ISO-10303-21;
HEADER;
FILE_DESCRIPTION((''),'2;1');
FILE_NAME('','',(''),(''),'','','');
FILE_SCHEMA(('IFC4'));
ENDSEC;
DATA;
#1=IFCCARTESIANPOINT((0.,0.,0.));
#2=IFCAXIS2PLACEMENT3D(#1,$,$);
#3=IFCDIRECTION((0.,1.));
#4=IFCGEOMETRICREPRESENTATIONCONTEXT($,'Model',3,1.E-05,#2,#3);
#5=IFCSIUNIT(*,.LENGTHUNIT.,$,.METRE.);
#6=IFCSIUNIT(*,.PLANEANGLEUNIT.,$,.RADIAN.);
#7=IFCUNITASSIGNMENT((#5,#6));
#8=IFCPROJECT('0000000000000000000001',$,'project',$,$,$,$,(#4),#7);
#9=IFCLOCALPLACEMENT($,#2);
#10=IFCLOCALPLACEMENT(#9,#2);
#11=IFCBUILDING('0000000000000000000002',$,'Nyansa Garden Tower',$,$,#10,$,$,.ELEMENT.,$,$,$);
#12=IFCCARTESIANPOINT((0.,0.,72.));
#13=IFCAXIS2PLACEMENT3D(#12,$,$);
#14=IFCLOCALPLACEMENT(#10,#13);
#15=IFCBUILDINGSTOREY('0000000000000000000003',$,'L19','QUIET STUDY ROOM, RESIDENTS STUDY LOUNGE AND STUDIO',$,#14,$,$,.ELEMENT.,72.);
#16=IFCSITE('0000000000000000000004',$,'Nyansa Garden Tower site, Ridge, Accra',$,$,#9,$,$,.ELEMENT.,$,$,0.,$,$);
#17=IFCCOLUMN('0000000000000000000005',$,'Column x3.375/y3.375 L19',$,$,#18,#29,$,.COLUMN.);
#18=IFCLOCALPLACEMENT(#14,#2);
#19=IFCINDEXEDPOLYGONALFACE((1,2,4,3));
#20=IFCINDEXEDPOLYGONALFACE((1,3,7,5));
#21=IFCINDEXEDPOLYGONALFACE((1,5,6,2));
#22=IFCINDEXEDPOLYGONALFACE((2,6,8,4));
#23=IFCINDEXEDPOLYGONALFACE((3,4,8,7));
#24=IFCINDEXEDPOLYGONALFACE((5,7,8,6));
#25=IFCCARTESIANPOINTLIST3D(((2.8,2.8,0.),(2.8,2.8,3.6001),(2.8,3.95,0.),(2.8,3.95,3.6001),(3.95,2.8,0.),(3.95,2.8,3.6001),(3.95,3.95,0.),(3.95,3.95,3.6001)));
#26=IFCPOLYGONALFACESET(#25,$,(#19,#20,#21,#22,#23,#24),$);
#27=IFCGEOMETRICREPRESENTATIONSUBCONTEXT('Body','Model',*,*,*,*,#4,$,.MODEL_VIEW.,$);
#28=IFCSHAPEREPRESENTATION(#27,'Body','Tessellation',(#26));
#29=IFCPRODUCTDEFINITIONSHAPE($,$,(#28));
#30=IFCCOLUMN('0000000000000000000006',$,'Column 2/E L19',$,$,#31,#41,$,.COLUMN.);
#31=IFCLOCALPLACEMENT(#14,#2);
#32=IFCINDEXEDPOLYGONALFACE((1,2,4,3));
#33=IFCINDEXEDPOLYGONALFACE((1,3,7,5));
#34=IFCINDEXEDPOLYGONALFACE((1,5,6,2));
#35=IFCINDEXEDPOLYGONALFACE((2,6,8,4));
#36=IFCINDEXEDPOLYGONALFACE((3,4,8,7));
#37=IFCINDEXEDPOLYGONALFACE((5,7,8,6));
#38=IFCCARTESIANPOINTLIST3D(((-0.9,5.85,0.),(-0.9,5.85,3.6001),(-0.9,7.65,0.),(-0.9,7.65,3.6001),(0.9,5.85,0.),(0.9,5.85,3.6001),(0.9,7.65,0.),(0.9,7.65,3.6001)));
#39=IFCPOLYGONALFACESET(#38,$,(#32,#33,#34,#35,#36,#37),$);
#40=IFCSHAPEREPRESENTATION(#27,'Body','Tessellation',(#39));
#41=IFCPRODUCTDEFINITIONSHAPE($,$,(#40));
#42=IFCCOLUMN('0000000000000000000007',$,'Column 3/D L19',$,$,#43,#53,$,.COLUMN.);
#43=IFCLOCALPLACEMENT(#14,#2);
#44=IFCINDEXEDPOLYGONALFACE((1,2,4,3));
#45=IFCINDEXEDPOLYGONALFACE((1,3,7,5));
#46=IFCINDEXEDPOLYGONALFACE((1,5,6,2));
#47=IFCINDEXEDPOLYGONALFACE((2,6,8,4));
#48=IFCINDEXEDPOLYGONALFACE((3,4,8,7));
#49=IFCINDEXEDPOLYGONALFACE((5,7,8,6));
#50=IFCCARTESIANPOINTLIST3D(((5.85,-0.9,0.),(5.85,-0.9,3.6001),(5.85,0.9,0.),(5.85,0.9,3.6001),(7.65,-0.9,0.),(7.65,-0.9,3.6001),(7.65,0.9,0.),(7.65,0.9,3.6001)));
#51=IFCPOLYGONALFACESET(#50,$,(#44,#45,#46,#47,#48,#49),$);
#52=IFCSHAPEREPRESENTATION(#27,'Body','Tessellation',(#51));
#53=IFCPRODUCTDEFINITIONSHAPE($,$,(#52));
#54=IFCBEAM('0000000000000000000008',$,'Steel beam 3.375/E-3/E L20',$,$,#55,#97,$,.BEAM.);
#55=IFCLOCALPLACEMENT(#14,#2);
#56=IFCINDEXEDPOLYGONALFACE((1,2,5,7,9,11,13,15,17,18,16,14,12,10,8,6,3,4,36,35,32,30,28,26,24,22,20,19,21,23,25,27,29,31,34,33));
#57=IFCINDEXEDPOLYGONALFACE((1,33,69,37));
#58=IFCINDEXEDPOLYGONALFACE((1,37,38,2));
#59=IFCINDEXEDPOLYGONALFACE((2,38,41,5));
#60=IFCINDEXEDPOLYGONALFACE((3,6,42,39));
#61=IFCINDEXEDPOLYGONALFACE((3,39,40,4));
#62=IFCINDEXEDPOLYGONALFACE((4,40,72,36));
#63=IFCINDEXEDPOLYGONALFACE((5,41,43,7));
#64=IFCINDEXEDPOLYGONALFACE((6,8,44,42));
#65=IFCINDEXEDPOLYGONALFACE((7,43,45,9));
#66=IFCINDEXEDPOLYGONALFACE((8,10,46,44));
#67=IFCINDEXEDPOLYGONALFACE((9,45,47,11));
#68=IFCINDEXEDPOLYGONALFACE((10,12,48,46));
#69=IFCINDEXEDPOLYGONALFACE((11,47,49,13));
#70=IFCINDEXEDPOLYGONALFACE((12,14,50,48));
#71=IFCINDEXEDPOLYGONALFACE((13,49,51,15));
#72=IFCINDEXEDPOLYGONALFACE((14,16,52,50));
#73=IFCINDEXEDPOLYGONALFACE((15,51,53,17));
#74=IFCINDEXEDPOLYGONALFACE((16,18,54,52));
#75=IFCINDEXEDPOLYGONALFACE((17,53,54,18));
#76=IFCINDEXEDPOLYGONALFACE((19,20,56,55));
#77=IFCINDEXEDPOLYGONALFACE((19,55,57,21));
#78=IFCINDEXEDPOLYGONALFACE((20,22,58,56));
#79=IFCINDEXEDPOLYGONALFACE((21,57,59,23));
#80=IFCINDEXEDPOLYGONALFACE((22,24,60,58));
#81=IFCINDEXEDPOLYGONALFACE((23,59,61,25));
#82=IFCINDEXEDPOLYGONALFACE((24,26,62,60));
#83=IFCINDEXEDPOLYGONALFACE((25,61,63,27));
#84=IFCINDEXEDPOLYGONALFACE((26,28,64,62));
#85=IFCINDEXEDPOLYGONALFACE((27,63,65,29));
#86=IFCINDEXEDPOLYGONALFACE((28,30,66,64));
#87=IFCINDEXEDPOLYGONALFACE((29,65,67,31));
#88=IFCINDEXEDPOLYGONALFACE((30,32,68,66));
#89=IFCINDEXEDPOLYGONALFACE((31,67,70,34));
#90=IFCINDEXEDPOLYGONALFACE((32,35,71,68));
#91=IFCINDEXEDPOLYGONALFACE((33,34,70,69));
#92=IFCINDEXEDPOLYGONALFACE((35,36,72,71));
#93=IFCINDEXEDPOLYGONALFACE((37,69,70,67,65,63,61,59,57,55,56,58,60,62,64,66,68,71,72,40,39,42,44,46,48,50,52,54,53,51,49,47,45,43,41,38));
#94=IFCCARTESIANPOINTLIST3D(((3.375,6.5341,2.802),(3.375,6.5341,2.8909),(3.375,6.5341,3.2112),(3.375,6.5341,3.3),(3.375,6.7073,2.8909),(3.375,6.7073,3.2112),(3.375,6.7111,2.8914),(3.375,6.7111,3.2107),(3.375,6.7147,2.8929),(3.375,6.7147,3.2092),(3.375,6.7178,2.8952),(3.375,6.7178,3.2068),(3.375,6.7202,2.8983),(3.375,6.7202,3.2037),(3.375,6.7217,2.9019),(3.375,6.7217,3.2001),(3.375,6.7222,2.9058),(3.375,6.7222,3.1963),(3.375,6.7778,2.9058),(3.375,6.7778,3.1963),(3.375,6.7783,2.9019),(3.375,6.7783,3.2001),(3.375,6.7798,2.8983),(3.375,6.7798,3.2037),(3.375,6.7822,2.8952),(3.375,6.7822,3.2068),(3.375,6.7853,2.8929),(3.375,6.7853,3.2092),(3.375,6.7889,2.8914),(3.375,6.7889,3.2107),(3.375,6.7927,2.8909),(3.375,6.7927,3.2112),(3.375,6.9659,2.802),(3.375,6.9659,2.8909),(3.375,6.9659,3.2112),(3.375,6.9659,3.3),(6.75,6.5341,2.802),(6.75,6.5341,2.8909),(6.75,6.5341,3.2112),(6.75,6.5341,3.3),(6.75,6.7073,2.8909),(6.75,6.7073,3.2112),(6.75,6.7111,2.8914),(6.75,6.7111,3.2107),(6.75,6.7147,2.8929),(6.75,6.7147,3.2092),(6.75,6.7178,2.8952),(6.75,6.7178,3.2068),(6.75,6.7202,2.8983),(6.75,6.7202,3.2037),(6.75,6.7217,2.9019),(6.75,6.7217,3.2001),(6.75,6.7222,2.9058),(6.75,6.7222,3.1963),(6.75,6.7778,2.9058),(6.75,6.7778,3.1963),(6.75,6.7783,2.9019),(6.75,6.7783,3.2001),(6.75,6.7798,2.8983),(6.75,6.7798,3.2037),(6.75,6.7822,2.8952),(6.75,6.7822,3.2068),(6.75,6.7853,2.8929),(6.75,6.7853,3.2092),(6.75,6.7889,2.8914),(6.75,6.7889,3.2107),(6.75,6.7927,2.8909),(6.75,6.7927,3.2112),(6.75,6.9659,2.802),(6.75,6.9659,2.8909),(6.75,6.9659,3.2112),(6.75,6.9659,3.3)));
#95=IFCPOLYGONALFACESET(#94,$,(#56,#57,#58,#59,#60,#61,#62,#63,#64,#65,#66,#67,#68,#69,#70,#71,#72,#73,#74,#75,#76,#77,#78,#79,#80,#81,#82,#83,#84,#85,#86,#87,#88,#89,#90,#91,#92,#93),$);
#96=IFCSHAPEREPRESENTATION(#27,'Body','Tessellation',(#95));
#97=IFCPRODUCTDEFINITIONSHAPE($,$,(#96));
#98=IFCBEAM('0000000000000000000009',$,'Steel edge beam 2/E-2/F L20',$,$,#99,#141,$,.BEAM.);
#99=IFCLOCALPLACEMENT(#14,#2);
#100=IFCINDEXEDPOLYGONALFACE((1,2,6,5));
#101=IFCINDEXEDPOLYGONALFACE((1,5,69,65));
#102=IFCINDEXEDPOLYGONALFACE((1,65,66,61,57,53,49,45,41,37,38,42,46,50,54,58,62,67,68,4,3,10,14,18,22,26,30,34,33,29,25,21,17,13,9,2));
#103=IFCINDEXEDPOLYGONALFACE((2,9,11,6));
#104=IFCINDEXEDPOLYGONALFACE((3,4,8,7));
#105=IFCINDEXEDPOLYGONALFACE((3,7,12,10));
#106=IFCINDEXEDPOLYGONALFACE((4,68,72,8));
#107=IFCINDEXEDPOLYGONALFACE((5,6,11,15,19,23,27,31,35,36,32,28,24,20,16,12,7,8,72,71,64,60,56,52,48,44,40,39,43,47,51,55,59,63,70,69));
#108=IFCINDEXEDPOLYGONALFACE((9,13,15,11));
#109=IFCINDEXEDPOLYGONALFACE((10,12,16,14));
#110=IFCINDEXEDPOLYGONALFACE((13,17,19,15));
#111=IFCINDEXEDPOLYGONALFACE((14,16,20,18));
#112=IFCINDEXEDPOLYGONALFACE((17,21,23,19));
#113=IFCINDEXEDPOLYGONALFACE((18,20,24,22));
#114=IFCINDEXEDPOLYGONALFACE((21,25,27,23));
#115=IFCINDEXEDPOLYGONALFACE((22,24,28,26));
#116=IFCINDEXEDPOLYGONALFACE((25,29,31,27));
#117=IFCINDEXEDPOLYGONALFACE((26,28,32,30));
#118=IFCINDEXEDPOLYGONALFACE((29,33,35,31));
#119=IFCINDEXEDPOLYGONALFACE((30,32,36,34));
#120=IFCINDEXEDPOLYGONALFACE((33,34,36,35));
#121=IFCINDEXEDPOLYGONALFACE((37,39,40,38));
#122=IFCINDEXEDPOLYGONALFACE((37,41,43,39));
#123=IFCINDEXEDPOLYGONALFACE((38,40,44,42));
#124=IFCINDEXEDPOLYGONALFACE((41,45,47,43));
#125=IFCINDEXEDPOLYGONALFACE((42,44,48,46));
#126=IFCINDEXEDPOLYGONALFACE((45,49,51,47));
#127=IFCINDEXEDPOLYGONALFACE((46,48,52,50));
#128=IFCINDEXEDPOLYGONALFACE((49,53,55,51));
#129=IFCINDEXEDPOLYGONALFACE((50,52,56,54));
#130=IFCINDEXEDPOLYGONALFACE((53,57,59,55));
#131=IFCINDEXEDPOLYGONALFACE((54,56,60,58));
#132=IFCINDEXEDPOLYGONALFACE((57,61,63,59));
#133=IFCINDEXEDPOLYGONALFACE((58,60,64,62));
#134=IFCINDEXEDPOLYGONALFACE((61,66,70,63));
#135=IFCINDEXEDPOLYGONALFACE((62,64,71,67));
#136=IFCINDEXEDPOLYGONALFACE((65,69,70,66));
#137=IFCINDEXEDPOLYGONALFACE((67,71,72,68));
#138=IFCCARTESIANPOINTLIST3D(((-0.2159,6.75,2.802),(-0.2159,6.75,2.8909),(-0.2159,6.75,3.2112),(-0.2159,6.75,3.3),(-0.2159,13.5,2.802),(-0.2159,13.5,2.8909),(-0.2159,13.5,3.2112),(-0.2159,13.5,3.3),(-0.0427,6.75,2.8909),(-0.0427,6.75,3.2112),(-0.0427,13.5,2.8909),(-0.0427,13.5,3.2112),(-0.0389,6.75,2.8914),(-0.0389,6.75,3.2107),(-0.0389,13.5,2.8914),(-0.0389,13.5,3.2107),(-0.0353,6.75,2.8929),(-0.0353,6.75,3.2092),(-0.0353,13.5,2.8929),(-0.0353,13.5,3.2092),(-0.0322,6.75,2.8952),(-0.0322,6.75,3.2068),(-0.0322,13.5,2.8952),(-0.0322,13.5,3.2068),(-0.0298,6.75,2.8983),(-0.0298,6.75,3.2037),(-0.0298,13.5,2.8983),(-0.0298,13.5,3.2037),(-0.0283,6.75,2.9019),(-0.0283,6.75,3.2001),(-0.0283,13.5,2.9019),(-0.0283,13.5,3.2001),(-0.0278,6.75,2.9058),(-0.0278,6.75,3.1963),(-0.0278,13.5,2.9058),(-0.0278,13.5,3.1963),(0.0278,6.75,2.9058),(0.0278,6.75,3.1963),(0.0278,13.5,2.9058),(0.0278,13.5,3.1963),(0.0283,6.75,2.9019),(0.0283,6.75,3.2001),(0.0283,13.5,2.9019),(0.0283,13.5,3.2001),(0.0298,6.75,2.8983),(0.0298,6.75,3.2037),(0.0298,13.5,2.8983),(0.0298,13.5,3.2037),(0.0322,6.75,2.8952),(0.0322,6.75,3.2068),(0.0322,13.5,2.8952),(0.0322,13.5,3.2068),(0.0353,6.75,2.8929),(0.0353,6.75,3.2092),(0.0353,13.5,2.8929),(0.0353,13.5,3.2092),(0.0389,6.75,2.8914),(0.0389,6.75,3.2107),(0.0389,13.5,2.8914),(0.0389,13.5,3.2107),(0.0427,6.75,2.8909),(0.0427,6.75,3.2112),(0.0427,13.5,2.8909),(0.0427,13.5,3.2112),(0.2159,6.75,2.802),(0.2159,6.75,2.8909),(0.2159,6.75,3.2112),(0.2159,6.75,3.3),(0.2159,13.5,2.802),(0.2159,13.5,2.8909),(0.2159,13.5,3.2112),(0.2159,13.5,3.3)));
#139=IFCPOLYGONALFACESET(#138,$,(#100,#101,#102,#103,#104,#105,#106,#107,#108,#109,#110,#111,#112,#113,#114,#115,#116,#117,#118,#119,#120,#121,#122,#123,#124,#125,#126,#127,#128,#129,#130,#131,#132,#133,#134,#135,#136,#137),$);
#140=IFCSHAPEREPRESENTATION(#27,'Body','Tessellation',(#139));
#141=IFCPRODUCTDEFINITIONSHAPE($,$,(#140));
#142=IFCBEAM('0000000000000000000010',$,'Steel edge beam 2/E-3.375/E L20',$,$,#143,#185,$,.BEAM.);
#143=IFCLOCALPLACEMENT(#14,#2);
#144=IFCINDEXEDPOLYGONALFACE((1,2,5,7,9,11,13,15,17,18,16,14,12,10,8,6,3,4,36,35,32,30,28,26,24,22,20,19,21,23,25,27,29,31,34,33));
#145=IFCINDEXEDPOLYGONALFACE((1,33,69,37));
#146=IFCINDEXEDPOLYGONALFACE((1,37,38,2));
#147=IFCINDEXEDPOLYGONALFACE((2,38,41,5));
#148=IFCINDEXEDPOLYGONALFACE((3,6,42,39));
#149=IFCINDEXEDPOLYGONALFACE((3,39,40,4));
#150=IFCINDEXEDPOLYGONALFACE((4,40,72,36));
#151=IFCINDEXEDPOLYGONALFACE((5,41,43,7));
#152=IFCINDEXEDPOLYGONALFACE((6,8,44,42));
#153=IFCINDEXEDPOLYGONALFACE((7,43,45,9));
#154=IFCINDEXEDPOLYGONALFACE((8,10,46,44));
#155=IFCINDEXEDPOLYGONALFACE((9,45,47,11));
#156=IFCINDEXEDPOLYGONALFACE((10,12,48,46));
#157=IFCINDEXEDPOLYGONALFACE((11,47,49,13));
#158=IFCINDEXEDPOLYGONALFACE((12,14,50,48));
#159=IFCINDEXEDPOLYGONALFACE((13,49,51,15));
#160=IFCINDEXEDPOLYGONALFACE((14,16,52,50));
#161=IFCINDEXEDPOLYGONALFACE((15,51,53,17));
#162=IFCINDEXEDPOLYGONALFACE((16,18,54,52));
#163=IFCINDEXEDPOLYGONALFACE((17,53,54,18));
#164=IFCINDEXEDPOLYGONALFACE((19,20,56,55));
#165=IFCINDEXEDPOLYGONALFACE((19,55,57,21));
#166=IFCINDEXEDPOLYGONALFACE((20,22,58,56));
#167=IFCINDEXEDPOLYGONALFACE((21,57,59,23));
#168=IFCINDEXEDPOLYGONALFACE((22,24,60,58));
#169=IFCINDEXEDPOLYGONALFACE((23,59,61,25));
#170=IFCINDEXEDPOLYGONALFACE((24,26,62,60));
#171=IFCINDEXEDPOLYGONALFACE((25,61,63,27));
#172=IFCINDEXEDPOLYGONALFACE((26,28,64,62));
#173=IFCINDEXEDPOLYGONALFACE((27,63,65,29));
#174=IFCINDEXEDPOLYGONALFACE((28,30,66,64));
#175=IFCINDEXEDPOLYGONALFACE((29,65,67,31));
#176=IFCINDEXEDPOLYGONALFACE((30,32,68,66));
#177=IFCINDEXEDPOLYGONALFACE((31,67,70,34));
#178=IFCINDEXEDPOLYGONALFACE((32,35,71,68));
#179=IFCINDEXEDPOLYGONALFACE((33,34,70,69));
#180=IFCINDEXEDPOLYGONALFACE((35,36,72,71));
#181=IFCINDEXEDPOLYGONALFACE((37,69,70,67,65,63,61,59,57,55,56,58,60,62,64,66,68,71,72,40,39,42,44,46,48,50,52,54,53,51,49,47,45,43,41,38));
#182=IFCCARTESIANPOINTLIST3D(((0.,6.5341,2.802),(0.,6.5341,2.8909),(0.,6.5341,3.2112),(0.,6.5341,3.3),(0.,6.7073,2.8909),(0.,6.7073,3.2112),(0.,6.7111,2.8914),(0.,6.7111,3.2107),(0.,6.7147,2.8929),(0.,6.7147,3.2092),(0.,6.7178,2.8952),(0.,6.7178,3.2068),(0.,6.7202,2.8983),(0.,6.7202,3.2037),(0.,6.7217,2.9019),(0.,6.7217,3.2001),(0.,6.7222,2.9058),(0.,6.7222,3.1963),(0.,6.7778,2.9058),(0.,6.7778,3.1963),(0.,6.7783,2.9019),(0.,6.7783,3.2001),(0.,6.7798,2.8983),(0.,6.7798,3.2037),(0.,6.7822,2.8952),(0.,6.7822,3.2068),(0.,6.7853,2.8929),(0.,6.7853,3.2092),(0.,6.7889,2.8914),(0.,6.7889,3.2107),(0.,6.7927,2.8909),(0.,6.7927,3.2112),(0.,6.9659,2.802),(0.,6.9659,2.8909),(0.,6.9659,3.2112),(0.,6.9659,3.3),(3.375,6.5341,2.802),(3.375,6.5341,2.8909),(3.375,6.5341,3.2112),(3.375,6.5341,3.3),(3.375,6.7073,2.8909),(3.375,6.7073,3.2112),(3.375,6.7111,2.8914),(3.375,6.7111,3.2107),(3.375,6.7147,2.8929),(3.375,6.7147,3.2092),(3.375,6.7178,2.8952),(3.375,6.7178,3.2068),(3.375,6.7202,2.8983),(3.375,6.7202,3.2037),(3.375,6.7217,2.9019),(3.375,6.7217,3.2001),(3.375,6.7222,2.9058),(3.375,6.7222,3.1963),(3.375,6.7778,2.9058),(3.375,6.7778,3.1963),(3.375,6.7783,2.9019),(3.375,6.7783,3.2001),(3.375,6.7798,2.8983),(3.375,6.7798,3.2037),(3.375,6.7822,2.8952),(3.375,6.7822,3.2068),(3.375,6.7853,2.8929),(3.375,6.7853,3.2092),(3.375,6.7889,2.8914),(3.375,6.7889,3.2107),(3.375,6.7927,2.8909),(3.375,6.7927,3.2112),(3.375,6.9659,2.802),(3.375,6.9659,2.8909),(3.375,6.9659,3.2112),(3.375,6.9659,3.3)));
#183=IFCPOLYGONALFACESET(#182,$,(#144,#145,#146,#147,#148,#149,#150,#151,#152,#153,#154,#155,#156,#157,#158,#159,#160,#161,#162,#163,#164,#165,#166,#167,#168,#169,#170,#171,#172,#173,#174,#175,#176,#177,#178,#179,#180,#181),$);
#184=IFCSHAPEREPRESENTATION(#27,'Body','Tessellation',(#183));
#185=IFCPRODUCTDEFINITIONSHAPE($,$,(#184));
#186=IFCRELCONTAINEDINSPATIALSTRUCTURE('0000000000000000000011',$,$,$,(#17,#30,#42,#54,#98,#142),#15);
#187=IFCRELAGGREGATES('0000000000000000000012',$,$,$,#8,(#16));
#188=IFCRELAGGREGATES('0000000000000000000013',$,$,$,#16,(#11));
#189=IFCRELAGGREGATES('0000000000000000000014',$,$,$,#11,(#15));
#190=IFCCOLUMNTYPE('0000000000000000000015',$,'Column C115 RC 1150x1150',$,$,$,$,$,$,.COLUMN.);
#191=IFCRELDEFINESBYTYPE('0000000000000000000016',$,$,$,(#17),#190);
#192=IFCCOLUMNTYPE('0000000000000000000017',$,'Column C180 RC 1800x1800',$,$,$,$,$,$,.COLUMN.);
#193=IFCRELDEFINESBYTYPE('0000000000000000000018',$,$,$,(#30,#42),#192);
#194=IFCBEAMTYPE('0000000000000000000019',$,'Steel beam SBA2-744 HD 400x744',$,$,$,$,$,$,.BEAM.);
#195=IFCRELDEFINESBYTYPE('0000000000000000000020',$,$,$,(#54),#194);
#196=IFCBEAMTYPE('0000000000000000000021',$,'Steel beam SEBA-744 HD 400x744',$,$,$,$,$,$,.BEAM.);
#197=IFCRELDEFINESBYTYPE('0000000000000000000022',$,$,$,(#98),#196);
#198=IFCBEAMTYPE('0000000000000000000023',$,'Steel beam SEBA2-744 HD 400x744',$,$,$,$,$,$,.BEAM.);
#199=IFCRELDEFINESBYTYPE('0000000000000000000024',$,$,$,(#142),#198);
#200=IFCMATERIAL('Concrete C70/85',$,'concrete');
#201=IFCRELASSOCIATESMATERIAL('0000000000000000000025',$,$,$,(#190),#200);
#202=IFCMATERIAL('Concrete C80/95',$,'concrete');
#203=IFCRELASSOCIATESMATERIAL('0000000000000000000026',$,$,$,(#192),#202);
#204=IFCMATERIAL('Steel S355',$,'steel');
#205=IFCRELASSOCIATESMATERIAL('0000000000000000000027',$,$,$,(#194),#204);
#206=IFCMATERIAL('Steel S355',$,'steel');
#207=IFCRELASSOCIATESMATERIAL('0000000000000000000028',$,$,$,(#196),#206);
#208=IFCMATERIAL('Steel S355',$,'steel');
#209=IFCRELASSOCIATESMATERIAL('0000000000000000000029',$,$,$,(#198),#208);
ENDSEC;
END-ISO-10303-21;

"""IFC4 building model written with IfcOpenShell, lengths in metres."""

from ifc_helpers import new_model, si_unit, direction, frame, origin, origin_2d, place, context, subcontext, project, spatial, rectangle, i_section, extrude, material, material_profile, profile_set, type_object, element, save


model = new_model("IFC4")

# Units and contexts
model_context = context("Model", 3, precision=1e-05, world=origin(), true_north=direction((0.0, 1.0)))
body_context = subcontext(model_context, "Body", "Model", "MODEL_VIEW")
ifc_project = project(units=[si_unit("LENGTHUNIT", "METRE"), si_unit("PLANEANGLEUNIT", "RADIAN")], contexts=[model_context])

# Site, building, storey
site_placement = place(None, origin())
site = spatial("IfcSite", under=ifc_project, at=site_placement, Name="Nyansa Garden Tower site, Ridge, Accra", CompositionType="ELEMENT", RefElevation=0.0)
building_placement = place(site_placement, origin())
building = spatial("IfcBuilding", under=site, at=building_placement, Name="Nyansa Garden Tower", CompositionType="ELEMENT")
storey_placement = place(building_placement, frame((0.0, 0.0, 72.0)))
storey = spatial("IfcBuildingStorey", under=building, at=storey_placement, Name="L19", Description="QUIET STUDY ROOM, RESIDENTS STUDY LOUNGE AND STUDIO", CompositionType="ELEMENT", Elevation=72.0)

# Columns
ifc_material_1 = material(Name="Concrete C70/85", Category="concrete")
ifc_material_profile_1 = material_profile(ifc_material_1, rectangle(XDim=1.1499, YDim=1.1499, at=origin_2d()), Name="RC 1150x1150")
ifc_profile_set_1 = profile_set([ifc_material_profile_1], Name="Concrete C70/85")
column_type_1 = type_object("IfcColumnType", Name="Column C115 RC 1150x1150", PredefinedType="COLUMN", material=ifc_profile_set_1)
column_placement = place(storey_placement, frame((3.375, 3.375, 0.0), z_axis=(0.0, 0.0, 1.0), x_axis=(1.0, 0.0, 0.0)))
element("IfcColumn", 1, at=column_placement, inside=storey, type_object=column_type_1, Name="Column x3.375/y3.375 L19", PredefinedType="COLUMN", context=body_context, shape_type="SweptSolid", body=[
    extrude(rectangle(XDim=1.1499, YDim=1.1499, at=origin_2d()), origin(), (0.0, 0.0, 1.0), 3.6001),
])
ifc_material_2 = material(Name="Concrete C80/95", Category="concrete")
ifc_material_profile_2 = material_profile(ifc_material_2, rectangle(XDim=1.8, YDim=1.8, at=origin_2d()), Name="RC 1800x1800")
ifc_profile_set_2 = profile_set([ifc_material_profile_2], Name="Concrete C80/95")
column_type_2 = type_object("IfcColumnType", Name="Column C180 RC 1800x1800", PredefinedType="COLUMN", material=ifc_profile_set_2)
for number, where, z_axis, x_axis, name in (
    (2, (0.0, 6.75, 0.0), (0.0, 0.0, 1.0), (1.0, 0.0, 0.0), "Column 2/E L19"),
    (3, (6.75, 0.0, 0.0), (0.0, 0.0, 1.0), (1.0, 0.0, 0.0), "Column 3/D L19"),
):
    element("IfcColumn", number, at=place(storey_placement, frame(where, z_axis=z_axis, x_axis=x_axis)), inside=storey, type_object=column_type_2, Name=name, PredefinedType="COLUMN", context=body_context, shape_type="SweptSolid", body=[
        extrude(rectangle(XDim=1.8, YDim=1.8, at=origin_2d()), origin(), (0.0, 0.0, 1.0), 3.6001),
    ])

# Beams
ifc_material_3 = material(Name="Steel S355", Category="steel")
ifc_material_profile_3 = material_profile(ifc_material_3, i_section(OverallWidth=0.4319, OverallDepth=0.498, WebThickness=0.0557, FlangeThickness=0.0889, FilletRadius=0.0149, at=origin_2d()), Name="HD 400x744")
ifc_profile_set_3 = profile_set([ifc_material_profile_3], Name="Steel S355")
beam_type_1 = type_object("IfcBeamType", Name="Steel beam SBA2-744 HD 400x744", PredefinedType="BEAM", material=ifc_profile_set_3)
beam_1_placement = place(storey_placement, frame((3.375, 6.75, 3.051), z_axis=(1.0, 0.0, 0.0), x_axis=(0.0, 1.0, 0.0)))
element("IfcBeam", 4, at=beam_1_placement, inside=storey, type_object=beam_type_1, Name="Steel beam 3.375/E-3/E L20", PredefinedType="BEAM", context=body_context, shape_type="SweptSolid", body=[
    extrude(i_section(OverallWidth=0.4319, OverallDepth=0.498, WebThickness=0.0557, FlangeThickness=0.0889, FilletRadius=0.0149, at=origin_2d()), origin(), (0.0, 0.0, 1.0), 3.375),
])
ifc_material_4 = material(Name="Steel S355", Category="steel")
ifc_material_profile_4 = material_profile(ifc_material_4, i_section(OverallWidth=0.4319, OverallDepth=0.498, WebThickness=0.0557, FlangeThickness=0.0889, FilletRadius=0.0149, at=origin_2d()), Name="HD 400x744")
ifc_profile_set_4 = profile_set([ifc_material_profile_4], Name="Steel S355")
beam_type_2 = type_object("IfcBeamType", Name="Steel beam SEBA-744 HD 400x744", PredefinedType="BEAM", material=ifc_profile_set_4)
beam_2_placement = place(storey_placement, frame((0.0, 6.75, 3.051), z_axis=(0.0, 1.0, 0.0), x_axis=(-1.0, 0.0, 0.0)))
element("IfcBeam", 5, at=beam_2_placement, inside=storey, type_object=beam_type_2, Name="Steel edge beam 2/E-2/F L20", PredefinedType="BEAM", context=body_context, shape_type="SweptSolid", body=[
    extrude(i_section(OverallWidth=0.4319, OverallDepth=0.498, WebThickness=0.0557, FlangeThickness=0.0889, FilletRadius=0.0149, at=origin_2d()), origin(), (0.0, 0.0, 1.0), 6.75),
])
ifc_material_5 = material(Name="Steel S355", Category="steel")
ifc_material_profile_5 = material_profile(ifc_material_5, i_section(OverallWidth=0.4319, OverallDepth=0.498, WebThickness=0.0557, FlangeThickness=0.0889, FilletRadius=0.0149, at=origin_2d()), Name="HD 400x744")
ifc_profile_set_5 = profile_set([ifc_material_profile_5], Name="Steel S355")
beam_type_3 = type_object("IfcBeamType", Name="Steel beam SEBA2-744 HD 400x744", PredefinedType="BEAM", material=ifc_profile_set_5)
beam_3_placement = place(storey_placement, frame((0.0, 6.75, 3.051), z_axis=(1.0, 0.0, 0.0), x_axis=(0.0, 1.0, 0.0)))
element("IfcBeam", 6, at=beam_3_placement, inside=storey, type_object=beam_type_3, Name="Steel edge beam 2/E-3.375/E L20", PredefinedType="BEAM", context=body_context, shape_type="SweptSolid", body=[
    extrude(i_section(OverallWidth=0.4319, OverallDepth=0.498, WebThickness=0.0557, FlangeThickness=0.0889, FilletRadius=0.0149, at=origin_2d()), origin(), (0.0, 0.0, 1.0), 3.375),
])

save(model, "model.ifc")
